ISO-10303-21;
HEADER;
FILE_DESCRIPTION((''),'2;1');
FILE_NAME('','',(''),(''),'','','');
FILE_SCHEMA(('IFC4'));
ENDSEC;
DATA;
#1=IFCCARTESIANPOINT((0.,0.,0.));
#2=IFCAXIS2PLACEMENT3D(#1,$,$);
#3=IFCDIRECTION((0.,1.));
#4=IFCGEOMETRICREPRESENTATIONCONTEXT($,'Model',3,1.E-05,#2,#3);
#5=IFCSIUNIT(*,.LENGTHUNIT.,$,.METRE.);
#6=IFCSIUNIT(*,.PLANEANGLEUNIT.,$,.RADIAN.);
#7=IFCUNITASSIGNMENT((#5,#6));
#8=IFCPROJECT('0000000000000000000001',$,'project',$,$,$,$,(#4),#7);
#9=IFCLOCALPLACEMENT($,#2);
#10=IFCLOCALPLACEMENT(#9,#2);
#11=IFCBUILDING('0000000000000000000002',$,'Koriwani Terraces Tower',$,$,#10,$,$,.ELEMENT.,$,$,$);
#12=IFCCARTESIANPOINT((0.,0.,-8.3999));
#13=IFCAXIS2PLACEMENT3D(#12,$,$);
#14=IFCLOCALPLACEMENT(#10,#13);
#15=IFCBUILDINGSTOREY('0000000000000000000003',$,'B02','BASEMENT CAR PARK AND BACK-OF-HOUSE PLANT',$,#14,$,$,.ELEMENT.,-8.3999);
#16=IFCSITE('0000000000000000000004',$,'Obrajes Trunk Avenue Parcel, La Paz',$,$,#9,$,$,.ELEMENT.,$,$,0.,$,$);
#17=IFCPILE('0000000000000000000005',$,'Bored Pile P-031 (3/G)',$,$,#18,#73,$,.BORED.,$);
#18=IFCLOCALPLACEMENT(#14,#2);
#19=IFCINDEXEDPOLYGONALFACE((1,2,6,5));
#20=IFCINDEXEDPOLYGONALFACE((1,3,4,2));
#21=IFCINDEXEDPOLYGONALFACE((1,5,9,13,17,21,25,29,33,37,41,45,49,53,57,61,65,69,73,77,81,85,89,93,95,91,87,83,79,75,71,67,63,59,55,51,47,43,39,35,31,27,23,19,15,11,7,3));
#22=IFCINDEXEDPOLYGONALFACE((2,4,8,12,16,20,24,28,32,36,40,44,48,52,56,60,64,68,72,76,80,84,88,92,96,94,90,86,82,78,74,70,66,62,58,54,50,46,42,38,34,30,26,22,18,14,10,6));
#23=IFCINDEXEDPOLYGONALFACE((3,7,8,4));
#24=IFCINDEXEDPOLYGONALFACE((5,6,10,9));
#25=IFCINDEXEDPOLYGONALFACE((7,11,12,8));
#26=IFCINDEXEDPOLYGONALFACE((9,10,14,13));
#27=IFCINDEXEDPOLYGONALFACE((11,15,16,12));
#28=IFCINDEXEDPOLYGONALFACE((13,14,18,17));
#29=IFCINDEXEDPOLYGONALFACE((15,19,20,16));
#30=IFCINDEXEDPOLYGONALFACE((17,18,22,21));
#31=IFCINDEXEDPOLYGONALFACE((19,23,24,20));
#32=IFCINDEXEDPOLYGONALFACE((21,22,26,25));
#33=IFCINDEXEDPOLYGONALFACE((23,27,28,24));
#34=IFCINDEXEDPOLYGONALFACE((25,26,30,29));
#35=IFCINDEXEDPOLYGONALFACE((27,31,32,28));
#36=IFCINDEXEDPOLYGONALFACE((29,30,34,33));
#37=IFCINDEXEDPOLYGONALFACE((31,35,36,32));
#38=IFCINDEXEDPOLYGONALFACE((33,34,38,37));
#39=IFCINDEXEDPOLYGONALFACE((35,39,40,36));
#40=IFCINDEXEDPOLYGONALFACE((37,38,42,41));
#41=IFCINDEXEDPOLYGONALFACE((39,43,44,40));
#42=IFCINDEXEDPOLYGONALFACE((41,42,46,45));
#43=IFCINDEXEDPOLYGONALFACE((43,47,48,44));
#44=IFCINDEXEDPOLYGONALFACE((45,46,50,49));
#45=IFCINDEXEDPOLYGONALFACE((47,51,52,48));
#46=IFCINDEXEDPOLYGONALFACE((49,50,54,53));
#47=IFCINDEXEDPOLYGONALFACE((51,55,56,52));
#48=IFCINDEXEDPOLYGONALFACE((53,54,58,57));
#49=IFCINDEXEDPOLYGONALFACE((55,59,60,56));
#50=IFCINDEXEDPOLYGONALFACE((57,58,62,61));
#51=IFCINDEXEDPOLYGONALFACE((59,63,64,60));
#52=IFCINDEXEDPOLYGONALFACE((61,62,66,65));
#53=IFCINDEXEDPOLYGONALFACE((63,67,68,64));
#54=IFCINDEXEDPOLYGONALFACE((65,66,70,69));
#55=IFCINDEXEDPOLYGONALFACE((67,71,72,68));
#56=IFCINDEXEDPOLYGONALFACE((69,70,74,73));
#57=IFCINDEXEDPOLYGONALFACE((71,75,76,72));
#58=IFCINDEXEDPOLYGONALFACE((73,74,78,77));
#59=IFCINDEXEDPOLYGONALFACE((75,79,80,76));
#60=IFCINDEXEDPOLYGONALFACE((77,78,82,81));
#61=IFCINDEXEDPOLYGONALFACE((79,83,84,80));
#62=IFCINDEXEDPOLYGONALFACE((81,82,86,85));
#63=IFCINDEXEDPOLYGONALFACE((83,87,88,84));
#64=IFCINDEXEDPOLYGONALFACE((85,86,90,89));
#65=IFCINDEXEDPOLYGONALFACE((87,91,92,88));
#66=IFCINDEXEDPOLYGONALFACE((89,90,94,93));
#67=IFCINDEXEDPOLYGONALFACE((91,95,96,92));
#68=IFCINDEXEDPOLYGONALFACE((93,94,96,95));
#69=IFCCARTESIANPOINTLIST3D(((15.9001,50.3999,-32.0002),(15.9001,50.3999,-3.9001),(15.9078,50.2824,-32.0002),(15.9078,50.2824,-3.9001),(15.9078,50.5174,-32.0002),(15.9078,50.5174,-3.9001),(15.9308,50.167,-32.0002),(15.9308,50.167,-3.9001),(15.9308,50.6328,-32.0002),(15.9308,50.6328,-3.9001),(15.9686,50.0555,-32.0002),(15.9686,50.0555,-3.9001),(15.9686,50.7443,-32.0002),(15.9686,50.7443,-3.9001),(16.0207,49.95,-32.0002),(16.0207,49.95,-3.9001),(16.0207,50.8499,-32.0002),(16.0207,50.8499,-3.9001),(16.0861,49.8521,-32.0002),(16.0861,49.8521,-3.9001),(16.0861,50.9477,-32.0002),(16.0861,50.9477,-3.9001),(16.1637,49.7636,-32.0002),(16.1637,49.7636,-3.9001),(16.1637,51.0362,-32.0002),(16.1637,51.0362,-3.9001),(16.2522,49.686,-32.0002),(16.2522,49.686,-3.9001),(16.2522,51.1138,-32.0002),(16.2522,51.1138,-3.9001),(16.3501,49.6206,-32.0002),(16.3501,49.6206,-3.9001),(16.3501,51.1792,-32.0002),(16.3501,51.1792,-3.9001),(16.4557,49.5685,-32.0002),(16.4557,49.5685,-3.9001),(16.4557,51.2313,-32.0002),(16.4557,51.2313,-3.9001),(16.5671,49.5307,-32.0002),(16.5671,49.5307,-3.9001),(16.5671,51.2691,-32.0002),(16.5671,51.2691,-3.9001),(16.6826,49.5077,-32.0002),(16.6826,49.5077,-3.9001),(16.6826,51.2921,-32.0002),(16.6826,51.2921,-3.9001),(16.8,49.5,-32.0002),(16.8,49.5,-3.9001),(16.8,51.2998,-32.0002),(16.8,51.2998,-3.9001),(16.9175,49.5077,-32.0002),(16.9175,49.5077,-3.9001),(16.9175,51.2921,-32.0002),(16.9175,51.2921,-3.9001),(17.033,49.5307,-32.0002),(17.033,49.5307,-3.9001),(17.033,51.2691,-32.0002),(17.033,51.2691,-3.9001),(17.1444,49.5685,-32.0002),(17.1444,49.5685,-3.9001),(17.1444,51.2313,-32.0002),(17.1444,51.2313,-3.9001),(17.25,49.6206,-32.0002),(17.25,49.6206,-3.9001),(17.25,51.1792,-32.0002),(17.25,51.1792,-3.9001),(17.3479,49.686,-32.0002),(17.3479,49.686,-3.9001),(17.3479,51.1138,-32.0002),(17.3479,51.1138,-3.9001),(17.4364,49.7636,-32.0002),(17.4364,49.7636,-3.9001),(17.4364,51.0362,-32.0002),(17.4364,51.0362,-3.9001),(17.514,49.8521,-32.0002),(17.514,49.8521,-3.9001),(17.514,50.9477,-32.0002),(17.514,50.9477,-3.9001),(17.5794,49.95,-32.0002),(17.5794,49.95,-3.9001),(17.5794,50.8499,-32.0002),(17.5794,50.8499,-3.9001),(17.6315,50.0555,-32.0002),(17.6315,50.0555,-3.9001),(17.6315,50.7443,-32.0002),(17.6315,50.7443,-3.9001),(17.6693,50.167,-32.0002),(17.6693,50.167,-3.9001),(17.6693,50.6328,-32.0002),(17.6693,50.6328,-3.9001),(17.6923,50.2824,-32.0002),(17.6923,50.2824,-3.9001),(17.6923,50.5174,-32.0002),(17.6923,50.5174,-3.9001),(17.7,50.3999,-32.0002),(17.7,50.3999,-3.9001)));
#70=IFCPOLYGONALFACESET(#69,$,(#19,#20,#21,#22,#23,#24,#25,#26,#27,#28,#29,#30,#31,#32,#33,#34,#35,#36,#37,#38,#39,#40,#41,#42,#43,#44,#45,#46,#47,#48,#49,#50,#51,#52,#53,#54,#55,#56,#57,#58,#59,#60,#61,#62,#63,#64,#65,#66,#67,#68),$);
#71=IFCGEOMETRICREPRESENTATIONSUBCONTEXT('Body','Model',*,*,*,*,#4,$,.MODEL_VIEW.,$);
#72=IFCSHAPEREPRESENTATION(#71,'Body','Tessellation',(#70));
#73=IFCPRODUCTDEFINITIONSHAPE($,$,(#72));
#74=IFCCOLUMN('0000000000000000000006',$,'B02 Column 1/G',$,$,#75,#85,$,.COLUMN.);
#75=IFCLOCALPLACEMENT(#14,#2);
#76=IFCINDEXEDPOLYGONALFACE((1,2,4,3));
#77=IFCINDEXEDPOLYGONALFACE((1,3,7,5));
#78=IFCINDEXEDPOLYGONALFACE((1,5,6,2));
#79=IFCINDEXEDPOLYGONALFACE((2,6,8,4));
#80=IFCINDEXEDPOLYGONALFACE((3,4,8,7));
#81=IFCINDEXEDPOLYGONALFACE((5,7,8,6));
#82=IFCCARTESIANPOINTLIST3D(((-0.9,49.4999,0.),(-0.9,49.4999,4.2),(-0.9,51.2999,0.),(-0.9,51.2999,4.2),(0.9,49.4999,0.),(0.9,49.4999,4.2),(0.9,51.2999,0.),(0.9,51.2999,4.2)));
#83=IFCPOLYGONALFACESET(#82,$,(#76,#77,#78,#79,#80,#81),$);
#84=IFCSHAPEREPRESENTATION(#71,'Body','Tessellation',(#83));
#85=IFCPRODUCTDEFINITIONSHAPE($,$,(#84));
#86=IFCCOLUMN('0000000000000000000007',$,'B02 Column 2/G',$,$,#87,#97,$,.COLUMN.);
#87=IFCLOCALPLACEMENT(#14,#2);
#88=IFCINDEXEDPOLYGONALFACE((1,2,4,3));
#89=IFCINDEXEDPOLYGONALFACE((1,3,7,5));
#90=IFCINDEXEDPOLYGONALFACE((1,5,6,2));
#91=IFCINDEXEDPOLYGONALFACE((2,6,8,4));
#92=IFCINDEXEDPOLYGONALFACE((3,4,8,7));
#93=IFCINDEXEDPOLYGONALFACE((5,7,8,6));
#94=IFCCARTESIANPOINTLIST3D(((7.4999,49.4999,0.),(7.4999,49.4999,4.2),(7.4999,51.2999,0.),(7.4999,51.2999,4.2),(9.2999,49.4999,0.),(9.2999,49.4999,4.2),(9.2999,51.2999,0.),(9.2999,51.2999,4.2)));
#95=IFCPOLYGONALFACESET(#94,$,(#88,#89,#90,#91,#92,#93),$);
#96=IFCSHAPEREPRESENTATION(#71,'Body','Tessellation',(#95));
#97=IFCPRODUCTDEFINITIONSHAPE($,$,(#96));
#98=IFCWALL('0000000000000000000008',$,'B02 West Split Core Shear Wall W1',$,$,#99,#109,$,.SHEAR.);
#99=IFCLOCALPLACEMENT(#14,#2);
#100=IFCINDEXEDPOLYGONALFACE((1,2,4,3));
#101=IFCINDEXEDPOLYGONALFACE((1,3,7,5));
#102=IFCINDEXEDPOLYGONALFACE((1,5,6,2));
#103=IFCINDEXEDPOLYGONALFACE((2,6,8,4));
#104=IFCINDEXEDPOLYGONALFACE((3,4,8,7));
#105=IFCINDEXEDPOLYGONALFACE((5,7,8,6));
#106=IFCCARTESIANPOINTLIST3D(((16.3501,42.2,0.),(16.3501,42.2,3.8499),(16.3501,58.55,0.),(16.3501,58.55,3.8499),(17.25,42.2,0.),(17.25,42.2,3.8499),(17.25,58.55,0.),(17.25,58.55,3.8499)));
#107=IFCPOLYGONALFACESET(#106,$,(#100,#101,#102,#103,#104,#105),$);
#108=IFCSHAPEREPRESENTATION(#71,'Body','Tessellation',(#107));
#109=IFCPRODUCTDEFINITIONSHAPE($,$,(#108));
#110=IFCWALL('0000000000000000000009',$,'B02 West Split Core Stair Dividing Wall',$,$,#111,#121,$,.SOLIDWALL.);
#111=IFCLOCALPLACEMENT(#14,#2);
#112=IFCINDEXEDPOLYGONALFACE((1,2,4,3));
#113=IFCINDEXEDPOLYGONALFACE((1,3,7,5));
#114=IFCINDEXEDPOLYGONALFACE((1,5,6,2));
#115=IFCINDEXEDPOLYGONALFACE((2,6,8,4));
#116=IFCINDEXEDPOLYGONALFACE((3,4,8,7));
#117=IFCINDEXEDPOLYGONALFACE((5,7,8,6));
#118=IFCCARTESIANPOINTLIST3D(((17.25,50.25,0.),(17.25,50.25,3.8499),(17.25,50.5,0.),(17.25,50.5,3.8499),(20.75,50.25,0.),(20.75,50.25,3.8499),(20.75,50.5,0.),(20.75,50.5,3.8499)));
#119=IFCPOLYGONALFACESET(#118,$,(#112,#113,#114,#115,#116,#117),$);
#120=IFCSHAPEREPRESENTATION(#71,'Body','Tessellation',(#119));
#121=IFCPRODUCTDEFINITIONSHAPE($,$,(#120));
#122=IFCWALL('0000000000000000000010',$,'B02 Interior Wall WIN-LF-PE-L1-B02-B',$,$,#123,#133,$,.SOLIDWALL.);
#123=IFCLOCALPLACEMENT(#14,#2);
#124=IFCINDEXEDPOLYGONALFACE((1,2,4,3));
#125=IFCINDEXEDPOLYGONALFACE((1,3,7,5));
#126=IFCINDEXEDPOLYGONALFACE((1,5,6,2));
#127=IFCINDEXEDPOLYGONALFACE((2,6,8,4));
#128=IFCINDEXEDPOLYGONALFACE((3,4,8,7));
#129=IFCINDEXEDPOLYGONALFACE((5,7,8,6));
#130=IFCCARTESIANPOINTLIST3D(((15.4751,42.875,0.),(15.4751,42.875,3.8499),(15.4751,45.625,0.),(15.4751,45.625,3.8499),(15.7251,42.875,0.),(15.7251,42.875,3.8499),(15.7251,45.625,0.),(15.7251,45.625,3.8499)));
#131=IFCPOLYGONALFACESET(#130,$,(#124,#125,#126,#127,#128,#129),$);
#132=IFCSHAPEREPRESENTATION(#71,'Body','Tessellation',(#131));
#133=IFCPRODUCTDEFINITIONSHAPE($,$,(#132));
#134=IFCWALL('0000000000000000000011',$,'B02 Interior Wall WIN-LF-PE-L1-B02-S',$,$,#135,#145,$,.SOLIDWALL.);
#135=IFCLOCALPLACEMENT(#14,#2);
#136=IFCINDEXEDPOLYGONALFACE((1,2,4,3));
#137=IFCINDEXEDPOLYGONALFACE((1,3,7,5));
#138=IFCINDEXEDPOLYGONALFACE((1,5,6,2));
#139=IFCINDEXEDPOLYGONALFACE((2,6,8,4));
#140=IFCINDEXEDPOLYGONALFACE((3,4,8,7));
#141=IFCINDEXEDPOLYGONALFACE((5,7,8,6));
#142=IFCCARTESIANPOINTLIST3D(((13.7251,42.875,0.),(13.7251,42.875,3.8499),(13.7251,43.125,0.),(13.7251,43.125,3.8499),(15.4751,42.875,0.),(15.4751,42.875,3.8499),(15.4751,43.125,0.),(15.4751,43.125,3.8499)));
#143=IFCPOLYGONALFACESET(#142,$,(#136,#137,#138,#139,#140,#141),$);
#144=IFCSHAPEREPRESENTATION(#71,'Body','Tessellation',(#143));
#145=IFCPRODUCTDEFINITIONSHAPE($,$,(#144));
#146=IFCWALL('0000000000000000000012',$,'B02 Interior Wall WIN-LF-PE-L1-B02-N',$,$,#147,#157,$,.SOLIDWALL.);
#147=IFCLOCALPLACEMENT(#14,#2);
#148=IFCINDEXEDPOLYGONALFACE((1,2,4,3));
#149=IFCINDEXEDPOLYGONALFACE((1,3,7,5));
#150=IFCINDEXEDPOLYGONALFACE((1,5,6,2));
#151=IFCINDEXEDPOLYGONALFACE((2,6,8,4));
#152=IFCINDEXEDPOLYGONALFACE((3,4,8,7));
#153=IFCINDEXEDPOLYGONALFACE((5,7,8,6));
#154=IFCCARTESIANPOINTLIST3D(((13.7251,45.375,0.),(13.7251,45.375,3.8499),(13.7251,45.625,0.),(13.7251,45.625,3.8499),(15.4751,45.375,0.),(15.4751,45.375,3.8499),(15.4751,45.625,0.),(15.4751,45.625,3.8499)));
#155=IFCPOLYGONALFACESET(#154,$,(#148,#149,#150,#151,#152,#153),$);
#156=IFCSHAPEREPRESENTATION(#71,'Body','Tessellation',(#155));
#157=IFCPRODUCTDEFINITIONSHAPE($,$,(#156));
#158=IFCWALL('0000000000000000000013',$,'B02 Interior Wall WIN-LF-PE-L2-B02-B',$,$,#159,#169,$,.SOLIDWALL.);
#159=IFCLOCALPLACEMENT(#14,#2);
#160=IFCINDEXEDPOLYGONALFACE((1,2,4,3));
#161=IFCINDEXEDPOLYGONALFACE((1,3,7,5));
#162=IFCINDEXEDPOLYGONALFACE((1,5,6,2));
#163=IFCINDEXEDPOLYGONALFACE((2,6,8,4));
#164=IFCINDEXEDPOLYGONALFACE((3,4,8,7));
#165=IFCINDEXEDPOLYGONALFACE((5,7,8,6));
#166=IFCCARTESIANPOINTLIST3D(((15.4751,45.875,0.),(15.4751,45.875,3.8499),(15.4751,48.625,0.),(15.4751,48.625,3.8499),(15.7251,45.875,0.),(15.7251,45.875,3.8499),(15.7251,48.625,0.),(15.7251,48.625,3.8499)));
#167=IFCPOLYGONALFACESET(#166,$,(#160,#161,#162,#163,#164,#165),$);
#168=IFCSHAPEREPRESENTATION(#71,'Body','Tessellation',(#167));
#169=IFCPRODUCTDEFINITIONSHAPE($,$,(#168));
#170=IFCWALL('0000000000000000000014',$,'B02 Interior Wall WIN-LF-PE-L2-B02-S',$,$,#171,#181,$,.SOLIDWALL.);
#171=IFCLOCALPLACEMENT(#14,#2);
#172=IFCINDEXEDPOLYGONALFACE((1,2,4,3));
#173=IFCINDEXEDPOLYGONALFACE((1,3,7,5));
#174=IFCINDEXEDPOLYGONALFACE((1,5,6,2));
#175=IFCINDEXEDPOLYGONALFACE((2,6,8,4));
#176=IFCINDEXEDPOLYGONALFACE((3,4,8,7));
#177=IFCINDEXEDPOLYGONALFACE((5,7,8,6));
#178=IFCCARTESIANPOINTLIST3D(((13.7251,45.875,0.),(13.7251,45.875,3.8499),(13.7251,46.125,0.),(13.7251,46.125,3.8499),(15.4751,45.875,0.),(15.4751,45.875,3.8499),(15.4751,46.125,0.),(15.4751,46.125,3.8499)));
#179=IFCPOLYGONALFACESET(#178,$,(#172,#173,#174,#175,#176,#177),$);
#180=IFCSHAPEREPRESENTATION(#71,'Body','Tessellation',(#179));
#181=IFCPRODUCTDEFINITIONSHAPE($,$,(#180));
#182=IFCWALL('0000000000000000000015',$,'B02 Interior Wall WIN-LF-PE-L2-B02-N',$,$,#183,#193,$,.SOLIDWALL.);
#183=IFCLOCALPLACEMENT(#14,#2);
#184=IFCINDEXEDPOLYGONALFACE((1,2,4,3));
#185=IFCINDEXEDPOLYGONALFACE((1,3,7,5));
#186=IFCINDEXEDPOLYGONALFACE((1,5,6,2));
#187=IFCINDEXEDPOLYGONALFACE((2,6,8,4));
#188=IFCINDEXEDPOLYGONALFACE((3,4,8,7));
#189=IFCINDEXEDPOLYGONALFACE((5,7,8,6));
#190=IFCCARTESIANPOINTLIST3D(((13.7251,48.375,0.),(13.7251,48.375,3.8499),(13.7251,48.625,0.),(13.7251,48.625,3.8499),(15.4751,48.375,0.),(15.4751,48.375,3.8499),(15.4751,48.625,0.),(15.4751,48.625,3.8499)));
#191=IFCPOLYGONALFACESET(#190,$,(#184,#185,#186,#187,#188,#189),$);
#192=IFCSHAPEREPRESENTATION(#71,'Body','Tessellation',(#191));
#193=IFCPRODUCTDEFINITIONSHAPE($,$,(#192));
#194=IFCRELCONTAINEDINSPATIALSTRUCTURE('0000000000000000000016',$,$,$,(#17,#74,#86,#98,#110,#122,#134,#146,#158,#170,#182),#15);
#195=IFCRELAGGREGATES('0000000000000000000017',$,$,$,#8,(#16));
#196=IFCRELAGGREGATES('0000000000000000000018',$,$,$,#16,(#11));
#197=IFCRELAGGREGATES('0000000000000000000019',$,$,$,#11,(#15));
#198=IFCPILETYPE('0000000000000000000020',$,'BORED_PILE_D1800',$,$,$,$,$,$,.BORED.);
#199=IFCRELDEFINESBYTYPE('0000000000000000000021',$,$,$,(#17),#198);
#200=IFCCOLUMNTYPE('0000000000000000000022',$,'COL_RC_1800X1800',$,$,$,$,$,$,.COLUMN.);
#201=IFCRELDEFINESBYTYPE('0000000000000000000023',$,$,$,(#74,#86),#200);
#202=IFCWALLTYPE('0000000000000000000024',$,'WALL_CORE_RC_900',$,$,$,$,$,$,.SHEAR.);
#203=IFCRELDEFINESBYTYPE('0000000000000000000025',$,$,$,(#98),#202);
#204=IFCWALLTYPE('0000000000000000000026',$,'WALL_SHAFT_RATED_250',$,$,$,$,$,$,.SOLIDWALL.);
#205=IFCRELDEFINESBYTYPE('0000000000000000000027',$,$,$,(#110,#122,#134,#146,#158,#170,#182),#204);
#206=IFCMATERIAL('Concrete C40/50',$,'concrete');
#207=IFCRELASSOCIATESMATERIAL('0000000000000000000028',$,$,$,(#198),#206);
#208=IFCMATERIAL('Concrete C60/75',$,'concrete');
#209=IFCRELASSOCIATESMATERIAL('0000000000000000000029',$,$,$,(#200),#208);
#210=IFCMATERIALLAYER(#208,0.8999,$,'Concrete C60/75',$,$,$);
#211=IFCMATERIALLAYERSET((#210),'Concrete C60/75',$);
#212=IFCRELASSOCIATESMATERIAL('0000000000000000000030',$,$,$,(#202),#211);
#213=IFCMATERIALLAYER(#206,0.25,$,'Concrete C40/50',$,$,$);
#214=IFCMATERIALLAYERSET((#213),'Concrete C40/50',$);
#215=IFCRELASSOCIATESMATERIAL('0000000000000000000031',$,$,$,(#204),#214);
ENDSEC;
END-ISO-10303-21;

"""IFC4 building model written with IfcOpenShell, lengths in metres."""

from ifc_helpers import new_model, si_unit, direction, frame, frame_2d, origin, origin_2d, place, context, subcontext, project, spatial, rectangle, circle, extrude, material, layer, layer_set, material_profile, profile_set, type_object, element, save


model = new_model("IFC4")

# Units and contexts
model_context = context("Model", 3, precision=1e-05, world=origin(), true_north=direction((0.0, 1.0)))
body_context = subcontext(model_context, "Body", "Model", "MODEL_VIEW")
ifc_project = project(units=[si_unit("LENGTHUNIT", "METRE"), si_unit("PLANEANGLEUNIT", "RADIAN")], contexts=[model_context])

# Site, building, storey
site_placement = place(None, origin())
site = spatial("IfcSite", under=ifc_project, at=site_placement, Name="Obrajes Trunk Avenue Parcel, La Paz", CompositionType="ELEMENT", RefElevation=0.0)
building_placement = place(site_placement, origin())
building = spatial("IfcBuilding", under=site, at=building_placement, Name="Koriwani Terraces Tower", CompositionType="ELEMENT")
storey_placement = place(building_placement, frame((0.0, 0.0, -8.3999)))
storey = spatial("IfcBuildingStorey", under=building, at=storey_placement, Name="B02", Description="BASEMENT CAR PARK AND BACK-OF-HOUSE PLANT", CompositionType="ELEMENT", Elevation=-8.3999)

# Pile
ifc_material_1 = material(Name="Concrete C40/50", Category="concrete")
ifc_material_profile_1 = material_profile(ifc_material_1, circle(Radius=0.8999, at=origin_2d()), Name="Concrete C40/50")
ifc_profile_set_1 = profile_set([ifc_material_profile_1], Name="Concrete C40/50")
pile_type = type_object("IfcPileType", Name="BORED_PILE_D1800", PredefinedType="BORED", material=ifc_profile_set_1)
for number, where, z_axis, x_axis, name in (
    (1, (16.8, 50.3999, -3.9001), (0.0, 0.0, -1.0), (1.0, 0.0, 0.0), "Bored Pile P-031 (3/G)"),
):
    element("IfcPile", number, at=place(storey_placement, frame(where, z_axis=z_axis, x_axis=x_axis)), inside=storey, type_object=pile_type, Name=name, PredefinedType="BORED", context=body_context, shape_type="SweptSolid", body=[
        extrude(circle(Radius=0.8999, at=origin_2d()), origin(), (0.0, 0.0, 1.0), 28.1001),
    ])

# Columns
ifc_material_2 = material(Name="Concrete C60/75", Category="concrete")
ifc_material_profile_2 = material_profile(ifc_material_2, rectangle(XDim=1.8, YDim=1.8, at=origin_2d()), Name="Concrete C60/75", Category="LoadBearing")
ifc_profile_set_2 = profile_set([ifc_material_profile_2], Name="Concrete C60/75")
column_type = type_object("IfcColumnType", Name="COL_RC_1800X1800", PredefinedType="COLUMN", material=ifc_profile_set_2)
for number, where, z_axis, x_axis, name in (
    (2, (0.0, 50.3999, 0.0), (0.0, 0.0, 1.0), (1.0, 0.0, 0.0), "B02 Column 1/G"),
    (3, (8.3999, 50.3999, 0.0), (0.0, 0.0, 1.0), (1.0, 0.0, 0.0), "B02 Column 2/G"),
):
    element("IfcColumn", number, at=place(storey_placement, frame(where, z_axis=z_axis, x_axis=x_axis)), inside=storey, type_object=column_type, Name=name, PredefinedType="COLUMN", context=body_context, shape_type="SweptSolid", body=[
        extrude(rectangle(XDim=1.8, YDim=1.8, at=origin_2d()), origin(), (0.0, 0.0, 1.0), 4.2),
    ])

# Walls
ifc_layer_1 = layer(ifc_material_2, 0.8999, Name="Concrete C60/75")
ifc_layer_set_1 = layer_set([ifc_layer_1], Name="Concrete C60/75")
wall_type_1 = type_object("IfcWallType", Name="WALL_CORE_RC_900", PredefinedType="SHEAR", material=ifc_layer_set_1)
wall_1_placement = place(storey_placement, frame((16.8, 42.2, 0.0), z_axis=(0.0, 0.0, 1.0), x_axis=(0.0, 1.0, 0.0)))
element("IfcWall", 4, at=wall_1_placement, inside=storey, type_object=wall_type_1, Name="B02 West Split Core Shear Wall W1", PredefinedType="SHEAR", context=body_context, shape_type="SweptSolid", body=[
    extrude(rectangle(XDim=16.3501, YDim=0.8999, at=frame_2d((8.175, 0.0))), origin(), (0.0, 0.0, 1.0), 3.8499),
])
ifc_layer_2 = layer(ifc_material_1, 0.25, Name="Concrete C40/50")
ifc_layer_set_2 = layer_set([ifc_layer_2], Name="Concrete C40/50")
wall_type_2 = type_object("IfcWallType", Name="WALL_SHAFT_RATED_250", PredefinedType="SOLIDWALL", material=ifc_layer_set_2)
wall_2_placement = place(storey_placement, frame((17.25, 50.375, 0.0), z_axis=(0.0, 0.0, 1.0), x_axis=(1.0, 0.0, 0.0)))
element("IfcWall", 5, at=wall_2_placement, inside=storey, type_object=wall_type_2, Name="B02 West Split Core Stair Dividing Wall", PredefinedType="SOLIDWALL", context=body_context, shape_type="SweptSolid", body=[
    extrude(rectangle(XDim=3.5, YDim=0.25, at=frame_2d((1.75, 0.0))), origin(), (0.0, 0.0, 1.0), 3.8499),
])

# Walls
wall_3_placement = place(storey_placement, frame((15.6001, 42.875, 0.0), z_axis=(0.0, 0.0, 1.0), x_axis=(0.0, 1.0, 0.0)))
element("IfcWall", 6, at=wall_3_placement, inside=storey, type_object=wall_type_2, Name="B02 Interior Wall WIN-LF-PE-L1-B02-B", PredefinedType="SOLIDWALL", context=body_context, shape_type="SweptSolid", body=[
    extrude(rectangle(XDim=2.75, YDim=0.25, at=frame_2d((1.375, 0.0))), origin(), (0.0, 0.0, 1.0), 3.8499),
])
for number, where, z_axis, x_axis, name in (
    (7, (13.7251, 43.0, 0.0), (0.0, 0.0, 1.0), (1.0, 0.0, 0.0), "B02 Interior Wall WIN-LF-PE-L1-B02-S"),
    (8, (13.7251, 45.5, 0.0), (0.0, 0.0, 1.0), (1.0, 0.0, 0.0), "B02 Interior Wall WIN-LF-PE-L1-B02-N"),
):
    element("IfcWall", number, at=place(storey_placement, frame(where, z_axis=z_axis, x_axis=x_axis)), inside=storey, type_object=wall_type_2, Name=name, PredefinedType="SOLIDWALL", context=body_context, shape_type="SweptSolid", body=[
        extrude(rectangle(XDim=1.75, YDim=0.25, at=frame_2d((0.875, 0.0))), origin(), (0.0, 0.0, 1.0), 3.8499),
    ])

# Walls
wall_4_placement = place(storey_placement, frame((15.6001, 45.875, 0.0), z_axis=(0.0, 0.0, 1.0), x_axis=(0.0, 1.0, 0.0)))
element("IfcWall", 9, at=wall_4_placement, inside=storey, type_object=wall_type_2, Name="B02 Interior Wall WIN-LF-PE-L2-B02-B", PredefinedType="SOLIDWALL", context=body_context, shape_type="SweptSolid", body=[
    extrude(rectangle(XDim=2.75, YDim=0.25, at=frame_2d((1.375, 0.0))), origin(), (0.0, 0.0, 1.0), 3.8499),
])
for number, where, z_axis, x_axis, name in (
    (10, (13.7251, 46.0, 0.0), (0.0, 0.0, 1.0), (1.0, 0.0, 0.0), "B02 Interior Wall WIN-LF-PE-L2-B02-S"),
    (11, (13.7251, 48.5, 0.0), (0.0, 0.0, 1.0), (1.0, 0.0, 0.0), "B02 Interior Wall WIN-LF-PE-L2-B02-N"),
):
    element("IfcWall", number, at=place(storey_placement, frame(where, z_axis=z_axis, x_axis=x_axis)), inside=storey, type_object=wall_type_2, Name=name, PredefinedType="SOLIDWALL", context=body_context, shape_type="SweptSolid", body=[
        extrude(rectangle(XDim=1.75, YDim=0.25, at=frame_2d((0.875, 0.0))), origin(), (0.0, 0.0, 1.0), 3.8499),
    ])

save(model, "model.ifc")
